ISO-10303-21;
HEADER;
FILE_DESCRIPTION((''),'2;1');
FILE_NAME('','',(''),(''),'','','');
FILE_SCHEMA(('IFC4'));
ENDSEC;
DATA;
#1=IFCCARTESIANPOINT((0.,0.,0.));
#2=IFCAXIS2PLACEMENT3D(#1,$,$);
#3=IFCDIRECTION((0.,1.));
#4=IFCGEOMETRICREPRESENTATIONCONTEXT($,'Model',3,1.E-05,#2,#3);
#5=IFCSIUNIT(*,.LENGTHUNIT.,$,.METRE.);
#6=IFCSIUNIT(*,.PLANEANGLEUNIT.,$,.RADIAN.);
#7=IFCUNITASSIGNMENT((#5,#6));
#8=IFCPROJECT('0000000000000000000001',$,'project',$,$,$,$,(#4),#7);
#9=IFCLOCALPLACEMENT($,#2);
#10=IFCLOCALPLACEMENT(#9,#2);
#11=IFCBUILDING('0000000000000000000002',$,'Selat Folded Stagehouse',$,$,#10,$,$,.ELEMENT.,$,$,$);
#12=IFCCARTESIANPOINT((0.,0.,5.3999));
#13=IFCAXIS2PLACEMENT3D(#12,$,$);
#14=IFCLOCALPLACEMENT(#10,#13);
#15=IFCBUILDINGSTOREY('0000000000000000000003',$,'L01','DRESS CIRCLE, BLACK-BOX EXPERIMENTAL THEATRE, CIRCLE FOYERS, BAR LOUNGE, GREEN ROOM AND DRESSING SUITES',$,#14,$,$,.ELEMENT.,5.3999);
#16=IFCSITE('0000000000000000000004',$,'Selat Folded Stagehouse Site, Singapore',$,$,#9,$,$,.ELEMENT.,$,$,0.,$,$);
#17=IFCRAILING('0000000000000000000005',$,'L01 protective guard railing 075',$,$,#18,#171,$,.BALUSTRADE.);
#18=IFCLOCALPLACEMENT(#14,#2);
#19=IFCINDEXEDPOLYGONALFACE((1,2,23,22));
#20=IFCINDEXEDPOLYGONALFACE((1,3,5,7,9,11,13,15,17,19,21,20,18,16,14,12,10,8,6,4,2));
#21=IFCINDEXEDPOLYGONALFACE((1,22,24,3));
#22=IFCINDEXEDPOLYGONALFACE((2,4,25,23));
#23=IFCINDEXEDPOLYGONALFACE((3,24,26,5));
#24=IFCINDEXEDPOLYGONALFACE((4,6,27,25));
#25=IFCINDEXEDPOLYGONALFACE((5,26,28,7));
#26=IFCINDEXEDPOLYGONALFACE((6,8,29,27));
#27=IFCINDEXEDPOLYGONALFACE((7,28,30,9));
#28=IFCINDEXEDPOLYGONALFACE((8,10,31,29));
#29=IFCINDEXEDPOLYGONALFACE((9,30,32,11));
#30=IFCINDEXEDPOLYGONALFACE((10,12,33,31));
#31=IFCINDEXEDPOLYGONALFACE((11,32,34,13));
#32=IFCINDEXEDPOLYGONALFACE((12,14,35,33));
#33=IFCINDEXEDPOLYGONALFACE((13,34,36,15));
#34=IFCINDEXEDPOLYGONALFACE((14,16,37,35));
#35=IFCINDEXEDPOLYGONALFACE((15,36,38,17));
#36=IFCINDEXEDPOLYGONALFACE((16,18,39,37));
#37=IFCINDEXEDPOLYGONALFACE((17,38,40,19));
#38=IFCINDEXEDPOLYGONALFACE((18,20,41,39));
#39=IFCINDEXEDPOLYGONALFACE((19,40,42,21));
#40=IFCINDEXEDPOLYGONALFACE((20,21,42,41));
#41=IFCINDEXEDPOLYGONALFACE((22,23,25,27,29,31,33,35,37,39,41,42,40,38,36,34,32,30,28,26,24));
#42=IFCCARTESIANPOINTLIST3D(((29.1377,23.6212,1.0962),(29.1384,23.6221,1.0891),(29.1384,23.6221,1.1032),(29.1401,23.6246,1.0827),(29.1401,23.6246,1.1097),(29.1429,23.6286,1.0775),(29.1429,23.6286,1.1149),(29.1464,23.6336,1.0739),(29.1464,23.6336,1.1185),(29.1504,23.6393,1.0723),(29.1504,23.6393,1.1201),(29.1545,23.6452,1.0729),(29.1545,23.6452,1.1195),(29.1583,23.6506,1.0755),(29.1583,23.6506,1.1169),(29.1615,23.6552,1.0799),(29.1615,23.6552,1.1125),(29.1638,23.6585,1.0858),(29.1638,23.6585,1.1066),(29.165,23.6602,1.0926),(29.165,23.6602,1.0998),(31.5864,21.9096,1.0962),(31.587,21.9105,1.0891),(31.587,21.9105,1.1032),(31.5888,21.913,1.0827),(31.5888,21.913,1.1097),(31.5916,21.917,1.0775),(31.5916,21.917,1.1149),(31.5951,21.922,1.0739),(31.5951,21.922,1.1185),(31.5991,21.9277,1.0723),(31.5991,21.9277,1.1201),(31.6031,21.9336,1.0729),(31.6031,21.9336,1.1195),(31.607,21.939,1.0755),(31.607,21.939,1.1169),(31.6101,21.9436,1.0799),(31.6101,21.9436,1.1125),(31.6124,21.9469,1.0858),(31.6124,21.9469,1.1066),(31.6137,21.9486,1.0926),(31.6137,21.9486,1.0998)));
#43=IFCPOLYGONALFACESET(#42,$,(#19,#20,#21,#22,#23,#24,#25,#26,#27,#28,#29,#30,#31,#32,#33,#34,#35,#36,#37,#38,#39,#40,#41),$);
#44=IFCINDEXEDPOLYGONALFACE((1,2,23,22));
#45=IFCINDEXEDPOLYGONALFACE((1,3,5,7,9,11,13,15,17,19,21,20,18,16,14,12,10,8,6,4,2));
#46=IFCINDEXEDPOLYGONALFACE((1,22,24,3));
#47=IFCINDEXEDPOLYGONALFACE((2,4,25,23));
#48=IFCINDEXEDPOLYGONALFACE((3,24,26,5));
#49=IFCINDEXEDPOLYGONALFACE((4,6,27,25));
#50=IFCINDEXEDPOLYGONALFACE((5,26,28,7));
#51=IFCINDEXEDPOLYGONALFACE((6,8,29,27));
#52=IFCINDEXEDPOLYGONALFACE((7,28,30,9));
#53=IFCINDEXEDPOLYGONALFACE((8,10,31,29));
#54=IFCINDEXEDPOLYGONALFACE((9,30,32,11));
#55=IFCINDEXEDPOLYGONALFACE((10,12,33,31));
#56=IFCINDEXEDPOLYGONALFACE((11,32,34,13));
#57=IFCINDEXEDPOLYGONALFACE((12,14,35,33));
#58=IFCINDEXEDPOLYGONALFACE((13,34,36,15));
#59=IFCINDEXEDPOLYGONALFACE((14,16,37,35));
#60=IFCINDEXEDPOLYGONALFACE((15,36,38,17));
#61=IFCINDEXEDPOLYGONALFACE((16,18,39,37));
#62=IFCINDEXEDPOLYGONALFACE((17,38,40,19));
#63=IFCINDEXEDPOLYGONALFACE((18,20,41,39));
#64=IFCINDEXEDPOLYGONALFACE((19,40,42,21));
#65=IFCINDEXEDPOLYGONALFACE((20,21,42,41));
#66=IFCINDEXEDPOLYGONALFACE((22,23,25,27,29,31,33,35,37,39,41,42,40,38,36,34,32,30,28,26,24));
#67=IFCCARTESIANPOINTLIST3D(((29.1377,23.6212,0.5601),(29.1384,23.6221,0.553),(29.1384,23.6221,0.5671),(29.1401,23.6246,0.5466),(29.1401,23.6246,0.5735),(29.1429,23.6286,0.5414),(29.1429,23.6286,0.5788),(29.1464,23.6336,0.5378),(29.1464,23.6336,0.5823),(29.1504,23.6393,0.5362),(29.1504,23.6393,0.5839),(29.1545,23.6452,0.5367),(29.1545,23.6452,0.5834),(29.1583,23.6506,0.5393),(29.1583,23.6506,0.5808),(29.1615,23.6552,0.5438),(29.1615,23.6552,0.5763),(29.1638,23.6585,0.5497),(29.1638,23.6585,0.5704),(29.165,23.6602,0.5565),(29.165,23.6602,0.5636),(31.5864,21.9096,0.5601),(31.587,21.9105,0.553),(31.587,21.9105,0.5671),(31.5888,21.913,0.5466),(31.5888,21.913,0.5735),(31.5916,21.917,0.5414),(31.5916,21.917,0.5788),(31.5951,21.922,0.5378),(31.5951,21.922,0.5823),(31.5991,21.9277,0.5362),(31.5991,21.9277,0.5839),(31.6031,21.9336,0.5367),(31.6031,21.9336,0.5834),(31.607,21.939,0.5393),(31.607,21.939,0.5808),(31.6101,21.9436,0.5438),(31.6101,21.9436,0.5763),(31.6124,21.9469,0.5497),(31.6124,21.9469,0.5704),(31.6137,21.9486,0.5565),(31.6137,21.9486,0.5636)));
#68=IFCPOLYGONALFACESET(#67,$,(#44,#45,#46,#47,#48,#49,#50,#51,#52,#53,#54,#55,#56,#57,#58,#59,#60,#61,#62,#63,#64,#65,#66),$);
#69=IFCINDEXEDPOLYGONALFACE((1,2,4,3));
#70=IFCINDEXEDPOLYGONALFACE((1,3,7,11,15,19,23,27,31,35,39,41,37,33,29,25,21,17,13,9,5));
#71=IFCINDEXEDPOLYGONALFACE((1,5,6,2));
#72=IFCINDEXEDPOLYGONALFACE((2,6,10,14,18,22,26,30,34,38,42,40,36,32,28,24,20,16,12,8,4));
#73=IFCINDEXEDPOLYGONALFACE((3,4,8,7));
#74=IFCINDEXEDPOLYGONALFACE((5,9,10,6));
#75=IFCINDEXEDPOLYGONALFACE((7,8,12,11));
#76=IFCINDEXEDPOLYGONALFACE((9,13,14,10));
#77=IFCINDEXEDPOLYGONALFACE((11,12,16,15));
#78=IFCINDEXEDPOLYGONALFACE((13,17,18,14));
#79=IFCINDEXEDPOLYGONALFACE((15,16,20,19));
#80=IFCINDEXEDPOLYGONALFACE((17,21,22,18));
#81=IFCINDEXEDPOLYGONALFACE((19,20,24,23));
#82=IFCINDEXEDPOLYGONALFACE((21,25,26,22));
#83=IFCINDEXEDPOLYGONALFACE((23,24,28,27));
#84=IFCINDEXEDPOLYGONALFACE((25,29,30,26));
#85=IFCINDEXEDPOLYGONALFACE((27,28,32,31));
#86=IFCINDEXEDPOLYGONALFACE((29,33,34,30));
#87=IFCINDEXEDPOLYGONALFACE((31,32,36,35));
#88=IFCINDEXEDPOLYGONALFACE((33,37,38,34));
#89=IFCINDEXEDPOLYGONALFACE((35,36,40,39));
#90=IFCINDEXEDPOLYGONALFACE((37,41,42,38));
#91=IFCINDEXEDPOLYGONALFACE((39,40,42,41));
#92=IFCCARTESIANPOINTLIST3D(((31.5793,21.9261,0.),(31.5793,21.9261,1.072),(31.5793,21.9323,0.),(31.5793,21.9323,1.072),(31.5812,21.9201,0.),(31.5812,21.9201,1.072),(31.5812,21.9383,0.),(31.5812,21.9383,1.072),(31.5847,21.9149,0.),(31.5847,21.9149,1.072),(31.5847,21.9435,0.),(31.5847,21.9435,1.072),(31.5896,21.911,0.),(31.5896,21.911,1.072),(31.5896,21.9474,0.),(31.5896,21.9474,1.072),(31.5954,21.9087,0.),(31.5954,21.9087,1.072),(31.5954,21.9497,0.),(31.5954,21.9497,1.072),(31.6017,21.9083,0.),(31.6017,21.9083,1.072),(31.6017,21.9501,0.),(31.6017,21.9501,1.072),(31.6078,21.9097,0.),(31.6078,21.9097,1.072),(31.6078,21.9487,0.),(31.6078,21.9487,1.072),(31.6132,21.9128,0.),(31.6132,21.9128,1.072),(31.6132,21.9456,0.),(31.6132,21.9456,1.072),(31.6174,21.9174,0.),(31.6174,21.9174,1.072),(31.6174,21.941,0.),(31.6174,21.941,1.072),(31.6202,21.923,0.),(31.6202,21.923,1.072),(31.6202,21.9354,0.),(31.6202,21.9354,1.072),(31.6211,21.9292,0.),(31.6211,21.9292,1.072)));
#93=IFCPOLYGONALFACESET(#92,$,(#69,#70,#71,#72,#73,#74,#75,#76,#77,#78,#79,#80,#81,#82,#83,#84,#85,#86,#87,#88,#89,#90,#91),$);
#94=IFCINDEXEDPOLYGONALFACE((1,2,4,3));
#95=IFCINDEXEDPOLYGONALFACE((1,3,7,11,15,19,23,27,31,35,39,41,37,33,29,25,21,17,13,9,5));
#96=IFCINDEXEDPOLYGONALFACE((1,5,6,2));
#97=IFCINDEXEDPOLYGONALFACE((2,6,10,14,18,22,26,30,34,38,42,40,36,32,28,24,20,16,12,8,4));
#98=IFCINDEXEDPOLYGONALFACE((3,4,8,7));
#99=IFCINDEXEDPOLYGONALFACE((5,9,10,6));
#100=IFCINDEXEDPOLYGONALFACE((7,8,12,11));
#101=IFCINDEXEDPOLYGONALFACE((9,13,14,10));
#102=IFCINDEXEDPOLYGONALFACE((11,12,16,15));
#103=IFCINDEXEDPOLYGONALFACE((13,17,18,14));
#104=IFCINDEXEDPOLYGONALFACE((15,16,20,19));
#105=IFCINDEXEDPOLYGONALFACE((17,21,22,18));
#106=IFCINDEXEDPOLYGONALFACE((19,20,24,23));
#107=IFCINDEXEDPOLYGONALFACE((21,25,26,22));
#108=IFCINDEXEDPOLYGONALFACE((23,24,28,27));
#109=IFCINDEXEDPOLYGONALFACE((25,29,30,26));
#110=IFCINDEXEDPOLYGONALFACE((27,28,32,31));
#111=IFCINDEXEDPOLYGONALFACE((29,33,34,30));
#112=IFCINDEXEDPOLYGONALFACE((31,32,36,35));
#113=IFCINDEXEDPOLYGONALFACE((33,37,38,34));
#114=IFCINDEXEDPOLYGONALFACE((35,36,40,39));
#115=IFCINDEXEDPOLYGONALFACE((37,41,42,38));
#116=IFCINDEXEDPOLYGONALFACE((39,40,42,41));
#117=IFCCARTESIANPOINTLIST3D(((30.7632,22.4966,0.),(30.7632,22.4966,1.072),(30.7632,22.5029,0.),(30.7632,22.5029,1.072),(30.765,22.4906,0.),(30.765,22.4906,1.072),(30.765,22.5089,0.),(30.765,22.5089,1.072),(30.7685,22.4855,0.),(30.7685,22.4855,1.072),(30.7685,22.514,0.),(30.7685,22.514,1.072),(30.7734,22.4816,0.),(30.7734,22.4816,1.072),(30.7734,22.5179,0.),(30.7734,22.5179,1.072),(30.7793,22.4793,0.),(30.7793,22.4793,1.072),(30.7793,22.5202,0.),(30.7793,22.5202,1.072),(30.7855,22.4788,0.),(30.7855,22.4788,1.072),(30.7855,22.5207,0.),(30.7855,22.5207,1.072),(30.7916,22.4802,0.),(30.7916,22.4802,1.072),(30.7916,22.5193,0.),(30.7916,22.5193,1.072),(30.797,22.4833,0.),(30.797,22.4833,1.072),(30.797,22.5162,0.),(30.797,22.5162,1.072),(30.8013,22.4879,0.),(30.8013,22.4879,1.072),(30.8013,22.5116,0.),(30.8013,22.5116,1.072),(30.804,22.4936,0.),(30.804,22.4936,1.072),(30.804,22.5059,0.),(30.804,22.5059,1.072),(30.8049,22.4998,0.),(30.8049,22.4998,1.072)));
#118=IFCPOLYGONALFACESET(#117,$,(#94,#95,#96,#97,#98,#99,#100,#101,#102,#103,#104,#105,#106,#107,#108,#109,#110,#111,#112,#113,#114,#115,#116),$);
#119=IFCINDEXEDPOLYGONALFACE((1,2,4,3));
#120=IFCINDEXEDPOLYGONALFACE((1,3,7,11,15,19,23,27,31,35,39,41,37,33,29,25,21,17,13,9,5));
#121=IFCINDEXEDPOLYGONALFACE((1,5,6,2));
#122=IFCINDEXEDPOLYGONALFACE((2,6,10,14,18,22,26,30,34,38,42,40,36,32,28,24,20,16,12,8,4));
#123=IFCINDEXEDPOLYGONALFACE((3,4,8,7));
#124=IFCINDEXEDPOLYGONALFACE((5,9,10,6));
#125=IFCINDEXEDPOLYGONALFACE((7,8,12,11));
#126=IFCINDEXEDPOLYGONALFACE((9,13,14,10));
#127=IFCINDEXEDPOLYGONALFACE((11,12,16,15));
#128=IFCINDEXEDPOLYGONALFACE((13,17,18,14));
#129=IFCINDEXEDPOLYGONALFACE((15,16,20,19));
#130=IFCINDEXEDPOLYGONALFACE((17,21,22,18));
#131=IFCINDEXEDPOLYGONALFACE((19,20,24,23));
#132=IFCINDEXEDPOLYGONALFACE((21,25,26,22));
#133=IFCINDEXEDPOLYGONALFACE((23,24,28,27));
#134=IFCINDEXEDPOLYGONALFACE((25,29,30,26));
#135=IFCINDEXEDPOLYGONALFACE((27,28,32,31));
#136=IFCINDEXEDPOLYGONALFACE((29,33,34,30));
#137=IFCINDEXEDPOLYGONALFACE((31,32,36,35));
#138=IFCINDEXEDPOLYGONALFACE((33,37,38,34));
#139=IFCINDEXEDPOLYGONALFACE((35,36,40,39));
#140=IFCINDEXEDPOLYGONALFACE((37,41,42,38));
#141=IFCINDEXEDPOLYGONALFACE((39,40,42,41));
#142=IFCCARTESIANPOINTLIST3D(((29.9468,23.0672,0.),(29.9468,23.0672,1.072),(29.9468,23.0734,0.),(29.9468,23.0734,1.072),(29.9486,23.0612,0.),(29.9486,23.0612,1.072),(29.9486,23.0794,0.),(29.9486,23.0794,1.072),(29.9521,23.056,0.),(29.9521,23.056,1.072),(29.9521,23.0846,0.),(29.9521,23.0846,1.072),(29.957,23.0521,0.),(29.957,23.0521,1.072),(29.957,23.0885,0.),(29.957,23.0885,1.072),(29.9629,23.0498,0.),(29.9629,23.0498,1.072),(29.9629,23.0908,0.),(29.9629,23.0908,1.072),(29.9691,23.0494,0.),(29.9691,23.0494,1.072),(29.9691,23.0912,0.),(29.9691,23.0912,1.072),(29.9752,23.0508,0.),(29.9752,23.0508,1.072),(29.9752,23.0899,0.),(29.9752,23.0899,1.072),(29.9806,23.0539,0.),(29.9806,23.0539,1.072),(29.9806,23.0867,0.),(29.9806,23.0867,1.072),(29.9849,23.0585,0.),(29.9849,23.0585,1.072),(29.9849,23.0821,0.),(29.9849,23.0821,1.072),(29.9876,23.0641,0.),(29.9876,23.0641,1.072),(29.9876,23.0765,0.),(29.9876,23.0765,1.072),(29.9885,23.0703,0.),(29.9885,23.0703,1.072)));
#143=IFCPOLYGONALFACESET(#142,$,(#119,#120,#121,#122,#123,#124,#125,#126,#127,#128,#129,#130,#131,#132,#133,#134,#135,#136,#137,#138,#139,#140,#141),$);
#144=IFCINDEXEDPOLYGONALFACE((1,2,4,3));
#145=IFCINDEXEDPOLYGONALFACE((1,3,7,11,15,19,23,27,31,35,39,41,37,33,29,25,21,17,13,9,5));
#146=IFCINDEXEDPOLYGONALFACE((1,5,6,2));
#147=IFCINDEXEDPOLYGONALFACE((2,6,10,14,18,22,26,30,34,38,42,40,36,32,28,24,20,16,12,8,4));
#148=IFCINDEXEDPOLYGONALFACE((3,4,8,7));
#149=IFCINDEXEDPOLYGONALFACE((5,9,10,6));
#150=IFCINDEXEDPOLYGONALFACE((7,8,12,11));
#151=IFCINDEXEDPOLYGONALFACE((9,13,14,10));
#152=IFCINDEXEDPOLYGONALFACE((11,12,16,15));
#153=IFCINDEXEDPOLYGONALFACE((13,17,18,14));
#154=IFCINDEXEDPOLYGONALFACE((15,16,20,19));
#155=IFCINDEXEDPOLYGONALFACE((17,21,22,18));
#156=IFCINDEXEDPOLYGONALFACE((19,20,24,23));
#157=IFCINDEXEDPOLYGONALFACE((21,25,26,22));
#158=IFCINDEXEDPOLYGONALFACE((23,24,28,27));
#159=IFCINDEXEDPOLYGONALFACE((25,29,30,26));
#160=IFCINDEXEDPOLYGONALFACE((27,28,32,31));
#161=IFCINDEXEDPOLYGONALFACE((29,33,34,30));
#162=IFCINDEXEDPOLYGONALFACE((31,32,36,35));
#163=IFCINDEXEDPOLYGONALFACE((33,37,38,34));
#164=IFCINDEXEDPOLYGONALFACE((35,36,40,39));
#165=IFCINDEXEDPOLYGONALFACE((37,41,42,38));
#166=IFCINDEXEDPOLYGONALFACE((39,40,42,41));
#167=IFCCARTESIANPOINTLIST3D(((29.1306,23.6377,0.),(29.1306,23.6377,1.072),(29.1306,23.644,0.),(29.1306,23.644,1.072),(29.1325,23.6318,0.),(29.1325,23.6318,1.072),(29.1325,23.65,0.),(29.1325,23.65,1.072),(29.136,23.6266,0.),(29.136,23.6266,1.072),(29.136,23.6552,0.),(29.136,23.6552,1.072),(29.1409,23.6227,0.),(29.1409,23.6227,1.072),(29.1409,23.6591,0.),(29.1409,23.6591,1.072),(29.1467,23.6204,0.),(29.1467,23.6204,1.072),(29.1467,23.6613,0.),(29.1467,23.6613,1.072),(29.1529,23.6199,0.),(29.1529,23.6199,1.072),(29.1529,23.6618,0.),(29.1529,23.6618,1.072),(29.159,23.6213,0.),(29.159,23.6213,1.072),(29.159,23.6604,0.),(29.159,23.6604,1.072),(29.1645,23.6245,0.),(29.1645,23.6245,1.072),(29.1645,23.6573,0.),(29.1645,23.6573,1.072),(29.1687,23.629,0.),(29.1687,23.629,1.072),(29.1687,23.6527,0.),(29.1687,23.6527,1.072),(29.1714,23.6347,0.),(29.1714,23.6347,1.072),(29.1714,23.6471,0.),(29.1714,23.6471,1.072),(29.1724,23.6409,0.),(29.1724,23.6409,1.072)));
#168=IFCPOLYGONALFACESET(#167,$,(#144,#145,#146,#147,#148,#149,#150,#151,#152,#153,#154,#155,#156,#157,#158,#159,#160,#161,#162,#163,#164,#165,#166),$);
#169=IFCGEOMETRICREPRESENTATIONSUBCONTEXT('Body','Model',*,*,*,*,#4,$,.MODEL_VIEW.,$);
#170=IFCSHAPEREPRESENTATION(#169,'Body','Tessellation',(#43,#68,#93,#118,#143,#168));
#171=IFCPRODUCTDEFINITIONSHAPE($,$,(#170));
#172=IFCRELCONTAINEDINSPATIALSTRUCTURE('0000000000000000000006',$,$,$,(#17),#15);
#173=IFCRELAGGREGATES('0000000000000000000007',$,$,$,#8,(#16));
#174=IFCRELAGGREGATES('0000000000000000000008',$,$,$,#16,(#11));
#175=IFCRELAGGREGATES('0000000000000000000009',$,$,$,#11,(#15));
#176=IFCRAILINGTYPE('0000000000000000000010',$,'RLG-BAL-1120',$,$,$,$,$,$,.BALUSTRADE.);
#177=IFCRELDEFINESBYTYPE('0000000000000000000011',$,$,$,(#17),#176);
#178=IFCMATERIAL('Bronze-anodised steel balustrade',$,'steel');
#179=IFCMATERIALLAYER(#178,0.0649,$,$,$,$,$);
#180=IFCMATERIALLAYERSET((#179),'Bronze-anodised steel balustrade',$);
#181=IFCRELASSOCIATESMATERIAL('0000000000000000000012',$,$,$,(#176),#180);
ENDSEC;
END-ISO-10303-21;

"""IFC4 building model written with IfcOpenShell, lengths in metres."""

from ifc_helpers import new_model, si_unit, direction, frame, origin, origin_2d, place, context, subcontext, project, spatial, circle, extrude, material, layer, layer_set, type_object, element, save


model = new_model("IFC4")

# Units and contexts
model_context = context("Model", 3, precision=1e-05, world=origin(), true_north=direction((0.0, 1.0)))
body_context = subcontext(model_context, "Body", "Model", "MODEL_VIEW")
ifc_project = project(units=[si_unit("LENGTHUNIT", "METRE"), si_unit("PLANEANGLEUNIT", "RADIAN")], contexts=[model_context])

# Site, building, storey
site_placement = place(None, origin())
site = spatial("IfcSite", under=ifc_project, at=site_placement, Name="Selat Folded Stagehouse Site, Singapore", CompositionType="ELEMENT", RefElevation=0.0)
building_placement = place(site_placement, origin())
building = spatial("IfcBuilding", under=site, at=building_placement, Name="Selat Folded Stagehouse", CompositionType="ELEMENT")
storey_placement = place(building_placement, frame((0.0, 0.0, 5.3999)))
storey = spatial("IfcBuildingStorey", under=building, at=storey_placement, Name="L01", Description="DRESS CIRCLE, BLACK-BOX EXPERIMENTAL THEATRE, CIRCLE FOYERS, BAR LOUNGE, GREEN ROOM AND DRESSING SUITES", CompositionType="ELEMENT", Elevation=5.3999)

# Railing
ifc_material_1 = material(Name="Bronze-anodised steel balustrade", Category="steel")
ifc_layer_1 = layer(ifc_material_1, 0.0649)
ifc_layer_set_1 = layer_set([ifc_layer_1], Name="Bronze-anodised steel balustrade")
railing_type = type_object("IfcRailingType", Name="RLG-BAL-1120", PredefinedType="BALUSTRADE", material=ifc_layer_set_1)
railing_1_placement = place(storey_placement, frame((31.6001, 21.9292, 0.0)))
element("IfcRailing", 1, at=railing_1_placement, inside=storey, type_object=railing_type, Name="L01 protective guard railing 075", PredefinedType="BALUSTRADE", context=body_context, shape_type="SweptSolid", body=[
    extrude(circle(Radius=0.0239, at=origin_2d()), frame((0.0, 0.0, 1.0962), z_axis=(-0.819616, 0.572914, 0.0), x_axis=(-0.572914, -0.819616, 0.0)), (0.0, 0.0, 1.0), 2.9875),
    extrude(circle(Radius=0.0239, at=origin_2d()), frame((0.0, 0.0, 0.5601), z_axis=(-0.819616, 0.572914, 0.0), x_axis=(-0.572914, -0.819616, 0.0)), (0.0, 0.0, 1.0), 2.9875),
    extrude(circle(Radius=0.021, at=origin_2d()), origin(), (0.0, 0.0, 1.0), 1.072),
    extrude(circle(Radius=0.021, at=origin_2d()), frame((-0.8162, 0.5706, 0.0)), (0.0, 0.0, 1.0), 1.072),
    extrude(circle(Radius=0.021, at=origin_2d()), frame((-1.6326, 1.1411, 0.0)), (0.0, 0.0, 1.0), 1.072),
    extrude(circle(Radius=0.021, at=origin_2d()), frame((-2.4487, 1.7117, 0.0)), (0.0, 0.0, 1.0), 1.072),
])

save(model, "model.ifc")
